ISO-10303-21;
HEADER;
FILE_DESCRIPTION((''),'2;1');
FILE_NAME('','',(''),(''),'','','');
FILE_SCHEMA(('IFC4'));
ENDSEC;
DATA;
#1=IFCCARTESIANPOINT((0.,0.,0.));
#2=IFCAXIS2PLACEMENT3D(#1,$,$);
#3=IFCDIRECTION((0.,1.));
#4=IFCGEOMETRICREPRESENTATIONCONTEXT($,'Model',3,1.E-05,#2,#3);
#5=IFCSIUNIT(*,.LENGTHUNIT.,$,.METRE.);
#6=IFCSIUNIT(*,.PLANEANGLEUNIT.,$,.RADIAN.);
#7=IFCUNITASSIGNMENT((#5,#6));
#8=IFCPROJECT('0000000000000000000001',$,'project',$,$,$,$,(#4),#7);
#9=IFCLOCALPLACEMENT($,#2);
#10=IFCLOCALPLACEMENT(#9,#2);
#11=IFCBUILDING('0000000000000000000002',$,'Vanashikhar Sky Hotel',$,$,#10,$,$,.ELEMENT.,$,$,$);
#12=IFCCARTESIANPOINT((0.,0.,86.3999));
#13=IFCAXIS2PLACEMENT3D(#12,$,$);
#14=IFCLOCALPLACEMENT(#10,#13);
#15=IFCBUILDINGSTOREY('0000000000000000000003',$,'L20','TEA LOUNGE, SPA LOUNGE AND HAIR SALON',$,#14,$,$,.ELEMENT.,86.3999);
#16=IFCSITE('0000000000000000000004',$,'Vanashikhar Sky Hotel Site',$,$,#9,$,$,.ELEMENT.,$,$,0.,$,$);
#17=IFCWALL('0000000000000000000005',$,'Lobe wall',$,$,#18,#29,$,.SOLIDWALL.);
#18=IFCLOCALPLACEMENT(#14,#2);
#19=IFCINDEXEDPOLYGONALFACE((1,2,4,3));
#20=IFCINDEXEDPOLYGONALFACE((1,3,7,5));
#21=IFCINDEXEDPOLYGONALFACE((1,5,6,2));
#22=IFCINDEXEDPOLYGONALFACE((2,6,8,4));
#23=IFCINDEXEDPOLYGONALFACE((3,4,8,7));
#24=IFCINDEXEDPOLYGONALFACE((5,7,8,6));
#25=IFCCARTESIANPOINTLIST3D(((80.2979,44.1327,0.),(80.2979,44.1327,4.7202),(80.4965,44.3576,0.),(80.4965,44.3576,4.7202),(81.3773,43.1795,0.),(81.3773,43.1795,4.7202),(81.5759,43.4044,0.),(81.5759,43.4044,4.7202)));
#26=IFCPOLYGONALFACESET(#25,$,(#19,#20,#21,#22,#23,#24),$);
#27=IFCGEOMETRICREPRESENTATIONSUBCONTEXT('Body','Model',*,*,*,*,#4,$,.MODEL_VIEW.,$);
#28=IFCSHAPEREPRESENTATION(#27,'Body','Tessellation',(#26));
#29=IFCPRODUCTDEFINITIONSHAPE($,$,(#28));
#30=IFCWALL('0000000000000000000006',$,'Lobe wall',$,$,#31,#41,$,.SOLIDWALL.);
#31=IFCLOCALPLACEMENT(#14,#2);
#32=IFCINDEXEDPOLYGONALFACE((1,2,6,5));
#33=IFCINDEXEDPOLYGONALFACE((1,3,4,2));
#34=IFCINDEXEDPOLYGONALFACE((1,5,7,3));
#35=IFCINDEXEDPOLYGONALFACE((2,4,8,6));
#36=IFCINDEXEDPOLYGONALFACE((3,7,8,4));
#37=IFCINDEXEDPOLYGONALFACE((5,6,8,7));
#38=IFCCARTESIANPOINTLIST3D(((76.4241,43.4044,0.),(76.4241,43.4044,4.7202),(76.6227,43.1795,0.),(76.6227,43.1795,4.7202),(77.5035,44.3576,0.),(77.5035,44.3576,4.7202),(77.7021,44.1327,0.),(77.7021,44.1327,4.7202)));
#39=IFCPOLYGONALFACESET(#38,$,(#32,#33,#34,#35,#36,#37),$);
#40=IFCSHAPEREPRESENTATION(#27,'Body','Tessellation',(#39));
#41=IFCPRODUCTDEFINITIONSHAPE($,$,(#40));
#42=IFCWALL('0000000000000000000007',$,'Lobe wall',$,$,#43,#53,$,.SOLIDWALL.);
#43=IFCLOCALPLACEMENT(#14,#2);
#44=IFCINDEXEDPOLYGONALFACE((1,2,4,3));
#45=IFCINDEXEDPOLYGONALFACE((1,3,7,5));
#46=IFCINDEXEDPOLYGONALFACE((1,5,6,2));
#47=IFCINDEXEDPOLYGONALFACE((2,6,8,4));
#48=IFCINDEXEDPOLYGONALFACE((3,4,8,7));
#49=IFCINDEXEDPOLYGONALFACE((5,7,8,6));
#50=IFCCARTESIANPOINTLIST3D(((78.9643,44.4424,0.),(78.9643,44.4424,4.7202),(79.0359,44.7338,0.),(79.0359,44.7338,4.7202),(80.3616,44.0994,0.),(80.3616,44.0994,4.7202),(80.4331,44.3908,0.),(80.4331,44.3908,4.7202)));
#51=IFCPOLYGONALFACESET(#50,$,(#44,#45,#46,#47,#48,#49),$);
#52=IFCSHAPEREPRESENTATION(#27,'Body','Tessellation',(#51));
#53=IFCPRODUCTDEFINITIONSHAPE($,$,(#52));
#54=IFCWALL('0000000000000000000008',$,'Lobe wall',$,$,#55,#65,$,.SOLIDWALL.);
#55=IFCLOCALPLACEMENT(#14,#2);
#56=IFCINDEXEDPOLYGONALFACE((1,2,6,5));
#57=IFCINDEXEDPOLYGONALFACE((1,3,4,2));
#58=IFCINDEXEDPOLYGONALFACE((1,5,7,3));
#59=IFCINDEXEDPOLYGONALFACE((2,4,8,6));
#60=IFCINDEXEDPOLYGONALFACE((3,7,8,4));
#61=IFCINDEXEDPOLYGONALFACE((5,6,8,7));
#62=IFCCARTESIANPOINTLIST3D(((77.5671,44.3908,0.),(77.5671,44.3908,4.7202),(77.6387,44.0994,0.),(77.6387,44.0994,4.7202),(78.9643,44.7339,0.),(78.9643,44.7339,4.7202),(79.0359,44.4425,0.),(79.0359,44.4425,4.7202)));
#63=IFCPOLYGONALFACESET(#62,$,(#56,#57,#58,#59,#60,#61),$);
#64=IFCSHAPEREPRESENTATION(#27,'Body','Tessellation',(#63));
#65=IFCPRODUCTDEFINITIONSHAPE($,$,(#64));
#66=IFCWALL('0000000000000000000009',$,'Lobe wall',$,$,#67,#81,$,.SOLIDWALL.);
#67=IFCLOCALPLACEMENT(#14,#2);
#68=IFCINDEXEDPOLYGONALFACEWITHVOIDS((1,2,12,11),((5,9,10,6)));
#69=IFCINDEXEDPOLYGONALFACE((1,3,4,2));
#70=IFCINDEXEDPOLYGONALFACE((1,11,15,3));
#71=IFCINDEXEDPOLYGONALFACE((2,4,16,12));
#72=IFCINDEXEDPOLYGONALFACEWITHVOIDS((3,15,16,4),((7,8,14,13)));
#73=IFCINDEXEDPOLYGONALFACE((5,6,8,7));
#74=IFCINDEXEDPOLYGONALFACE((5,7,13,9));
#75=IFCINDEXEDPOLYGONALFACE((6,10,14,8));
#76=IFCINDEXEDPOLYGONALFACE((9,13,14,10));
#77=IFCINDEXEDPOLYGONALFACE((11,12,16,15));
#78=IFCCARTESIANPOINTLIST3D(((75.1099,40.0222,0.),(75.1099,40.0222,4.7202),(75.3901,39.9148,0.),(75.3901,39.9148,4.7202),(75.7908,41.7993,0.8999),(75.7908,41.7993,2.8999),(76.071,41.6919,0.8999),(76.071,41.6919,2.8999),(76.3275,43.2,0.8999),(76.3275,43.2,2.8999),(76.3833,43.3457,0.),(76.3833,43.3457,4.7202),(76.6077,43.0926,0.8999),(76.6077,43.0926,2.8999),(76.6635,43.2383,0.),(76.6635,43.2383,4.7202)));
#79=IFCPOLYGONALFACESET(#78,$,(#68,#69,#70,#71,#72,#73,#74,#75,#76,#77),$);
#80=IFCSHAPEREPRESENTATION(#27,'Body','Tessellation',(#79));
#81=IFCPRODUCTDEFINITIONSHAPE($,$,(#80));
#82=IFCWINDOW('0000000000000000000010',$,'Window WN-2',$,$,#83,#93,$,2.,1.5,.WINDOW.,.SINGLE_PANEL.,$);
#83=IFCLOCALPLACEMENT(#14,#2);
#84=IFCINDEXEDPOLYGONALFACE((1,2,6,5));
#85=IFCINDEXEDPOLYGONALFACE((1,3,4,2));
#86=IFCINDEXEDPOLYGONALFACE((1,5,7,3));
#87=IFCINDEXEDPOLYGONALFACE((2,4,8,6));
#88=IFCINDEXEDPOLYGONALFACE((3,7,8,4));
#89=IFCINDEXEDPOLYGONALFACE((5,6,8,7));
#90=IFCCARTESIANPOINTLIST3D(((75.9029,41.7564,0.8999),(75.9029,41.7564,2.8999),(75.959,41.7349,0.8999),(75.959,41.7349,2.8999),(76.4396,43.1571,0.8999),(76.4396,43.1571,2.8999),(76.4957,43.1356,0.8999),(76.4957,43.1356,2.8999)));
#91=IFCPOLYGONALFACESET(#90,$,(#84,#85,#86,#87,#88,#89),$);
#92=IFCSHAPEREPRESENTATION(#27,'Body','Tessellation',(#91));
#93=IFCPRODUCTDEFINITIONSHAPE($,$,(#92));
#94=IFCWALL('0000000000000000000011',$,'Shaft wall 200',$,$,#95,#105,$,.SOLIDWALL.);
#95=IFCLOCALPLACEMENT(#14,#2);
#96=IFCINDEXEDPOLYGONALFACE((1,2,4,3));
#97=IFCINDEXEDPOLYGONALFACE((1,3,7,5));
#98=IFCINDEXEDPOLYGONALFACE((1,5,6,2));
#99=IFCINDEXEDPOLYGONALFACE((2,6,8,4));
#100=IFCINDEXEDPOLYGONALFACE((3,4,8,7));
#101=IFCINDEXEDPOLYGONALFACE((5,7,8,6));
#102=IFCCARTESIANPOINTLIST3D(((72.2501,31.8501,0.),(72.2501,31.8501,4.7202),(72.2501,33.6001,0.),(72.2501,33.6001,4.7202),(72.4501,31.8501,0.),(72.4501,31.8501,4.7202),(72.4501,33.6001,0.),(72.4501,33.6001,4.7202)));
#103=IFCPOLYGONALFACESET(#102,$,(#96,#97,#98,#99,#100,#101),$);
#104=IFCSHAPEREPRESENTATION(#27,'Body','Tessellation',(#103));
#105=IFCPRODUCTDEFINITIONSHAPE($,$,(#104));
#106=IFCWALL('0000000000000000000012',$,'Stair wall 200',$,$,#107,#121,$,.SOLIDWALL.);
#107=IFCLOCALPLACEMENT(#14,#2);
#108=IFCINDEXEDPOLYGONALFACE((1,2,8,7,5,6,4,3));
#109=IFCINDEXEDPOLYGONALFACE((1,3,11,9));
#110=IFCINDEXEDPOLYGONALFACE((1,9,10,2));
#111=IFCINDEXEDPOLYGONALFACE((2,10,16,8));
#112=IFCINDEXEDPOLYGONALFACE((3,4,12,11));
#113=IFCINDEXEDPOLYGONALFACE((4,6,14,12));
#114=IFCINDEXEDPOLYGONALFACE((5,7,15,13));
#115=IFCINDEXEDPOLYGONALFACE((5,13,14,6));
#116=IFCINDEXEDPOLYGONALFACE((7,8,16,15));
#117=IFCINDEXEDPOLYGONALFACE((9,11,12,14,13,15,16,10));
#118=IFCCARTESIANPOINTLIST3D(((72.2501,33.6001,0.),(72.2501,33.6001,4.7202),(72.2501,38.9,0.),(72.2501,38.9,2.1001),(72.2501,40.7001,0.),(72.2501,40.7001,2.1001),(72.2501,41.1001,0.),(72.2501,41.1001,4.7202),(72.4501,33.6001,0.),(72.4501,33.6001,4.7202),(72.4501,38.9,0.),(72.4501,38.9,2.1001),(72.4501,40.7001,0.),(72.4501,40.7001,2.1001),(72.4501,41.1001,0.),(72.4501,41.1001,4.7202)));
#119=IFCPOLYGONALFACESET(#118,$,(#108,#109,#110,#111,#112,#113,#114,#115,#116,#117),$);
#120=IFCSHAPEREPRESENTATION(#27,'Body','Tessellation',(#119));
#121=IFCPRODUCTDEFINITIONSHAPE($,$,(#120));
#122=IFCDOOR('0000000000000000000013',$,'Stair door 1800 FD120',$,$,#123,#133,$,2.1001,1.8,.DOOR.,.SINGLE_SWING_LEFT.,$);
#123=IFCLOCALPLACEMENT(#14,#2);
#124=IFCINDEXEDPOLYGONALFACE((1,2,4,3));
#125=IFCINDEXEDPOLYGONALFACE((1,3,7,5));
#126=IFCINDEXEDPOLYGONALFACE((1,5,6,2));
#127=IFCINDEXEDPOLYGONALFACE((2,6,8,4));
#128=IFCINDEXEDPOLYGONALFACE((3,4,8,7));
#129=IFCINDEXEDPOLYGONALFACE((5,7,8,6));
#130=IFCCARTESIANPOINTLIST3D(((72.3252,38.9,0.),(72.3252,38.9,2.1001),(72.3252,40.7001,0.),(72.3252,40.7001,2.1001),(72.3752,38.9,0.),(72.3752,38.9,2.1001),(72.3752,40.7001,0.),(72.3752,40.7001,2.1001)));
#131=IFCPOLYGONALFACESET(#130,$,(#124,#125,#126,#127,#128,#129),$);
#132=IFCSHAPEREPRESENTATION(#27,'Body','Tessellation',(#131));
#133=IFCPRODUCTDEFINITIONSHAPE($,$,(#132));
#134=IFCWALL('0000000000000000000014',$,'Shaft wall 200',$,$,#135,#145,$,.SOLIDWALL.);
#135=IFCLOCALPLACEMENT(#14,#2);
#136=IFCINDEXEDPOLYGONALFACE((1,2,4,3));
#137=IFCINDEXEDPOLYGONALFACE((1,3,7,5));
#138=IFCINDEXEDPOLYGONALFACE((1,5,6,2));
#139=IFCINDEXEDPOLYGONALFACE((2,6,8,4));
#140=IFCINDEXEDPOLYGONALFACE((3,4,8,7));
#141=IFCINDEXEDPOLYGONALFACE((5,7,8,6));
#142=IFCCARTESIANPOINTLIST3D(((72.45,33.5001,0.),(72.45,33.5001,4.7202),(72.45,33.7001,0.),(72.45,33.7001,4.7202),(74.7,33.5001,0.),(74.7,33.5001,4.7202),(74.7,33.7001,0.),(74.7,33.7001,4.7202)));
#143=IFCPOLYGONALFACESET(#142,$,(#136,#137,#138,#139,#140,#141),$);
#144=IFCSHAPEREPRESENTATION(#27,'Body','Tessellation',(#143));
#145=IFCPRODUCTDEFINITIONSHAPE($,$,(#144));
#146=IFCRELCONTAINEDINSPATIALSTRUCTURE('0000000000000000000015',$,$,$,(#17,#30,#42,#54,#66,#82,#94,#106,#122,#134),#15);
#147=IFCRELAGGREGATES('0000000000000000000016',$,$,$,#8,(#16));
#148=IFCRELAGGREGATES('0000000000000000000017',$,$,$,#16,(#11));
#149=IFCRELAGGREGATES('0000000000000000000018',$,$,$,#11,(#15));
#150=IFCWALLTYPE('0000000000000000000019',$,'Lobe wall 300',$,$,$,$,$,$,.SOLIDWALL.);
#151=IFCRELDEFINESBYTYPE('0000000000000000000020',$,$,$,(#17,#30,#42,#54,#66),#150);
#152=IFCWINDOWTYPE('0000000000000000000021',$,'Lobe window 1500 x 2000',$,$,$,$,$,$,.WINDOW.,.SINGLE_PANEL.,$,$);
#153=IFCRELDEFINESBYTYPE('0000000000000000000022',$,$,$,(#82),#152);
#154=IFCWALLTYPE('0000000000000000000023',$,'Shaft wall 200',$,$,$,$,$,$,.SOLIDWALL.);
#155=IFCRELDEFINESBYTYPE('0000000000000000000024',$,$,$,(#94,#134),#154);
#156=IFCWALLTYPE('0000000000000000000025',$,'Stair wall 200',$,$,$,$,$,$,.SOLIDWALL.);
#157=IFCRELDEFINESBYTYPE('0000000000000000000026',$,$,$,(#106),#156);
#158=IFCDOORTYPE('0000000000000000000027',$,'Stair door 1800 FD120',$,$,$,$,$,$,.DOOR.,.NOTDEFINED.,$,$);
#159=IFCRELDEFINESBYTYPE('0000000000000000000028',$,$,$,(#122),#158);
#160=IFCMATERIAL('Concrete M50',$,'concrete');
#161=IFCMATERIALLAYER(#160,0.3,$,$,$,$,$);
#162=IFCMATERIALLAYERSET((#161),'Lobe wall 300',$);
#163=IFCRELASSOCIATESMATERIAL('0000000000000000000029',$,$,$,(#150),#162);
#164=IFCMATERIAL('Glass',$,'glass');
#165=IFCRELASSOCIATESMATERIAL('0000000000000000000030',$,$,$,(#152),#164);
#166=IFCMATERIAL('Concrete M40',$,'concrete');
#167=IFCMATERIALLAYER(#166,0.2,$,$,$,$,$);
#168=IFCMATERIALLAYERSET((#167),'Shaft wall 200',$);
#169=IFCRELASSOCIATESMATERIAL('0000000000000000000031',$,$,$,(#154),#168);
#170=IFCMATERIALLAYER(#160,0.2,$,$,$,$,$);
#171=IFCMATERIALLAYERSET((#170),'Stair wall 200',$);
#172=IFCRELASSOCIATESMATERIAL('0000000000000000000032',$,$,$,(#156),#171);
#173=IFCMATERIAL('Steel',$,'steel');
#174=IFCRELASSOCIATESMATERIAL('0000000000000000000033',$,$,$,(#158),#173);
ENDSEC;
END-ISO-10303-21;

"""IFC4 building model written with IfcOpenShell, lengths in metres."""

from ifc_helpers import new_model, si_unit, direction, frame, frame_2d, origin, place, context, subcontext, project, spatial, rectangle, extrude, source, transform, mapped, material, layer, layer_set, type_object, element, fill, save


model = new_model("IFC4")

# Units and contexts
model_context = context("Model", 3, precision=1e-05, world=origin(), true_north=direction((0.0, 1.0)))
body_context = subcontext(model_context, "Body", "Model", "MODEL_VIEW")
ifc_project = project(units=[si_unit("LENGTHUNIT", "METRE"), si_unit("PLANEANGLEUNIT", "RADIAN")], contexts=[model_context])

# Site, building, storey
site_placement = place(None, origin())
site = spatial("IfcSite", under=ifc_project, at=site_placement, Name="Vanashikhar Sky Hotel Site", CompositionType="ELEMENT", RefElevation=0.0)
building_placement = place(site_placement, origin())
building = spatial("IfcBuilding", under=site, at=building_placement, Name="Vanashikhar Sky Hotel", CompositionType="ELEMENT")
storey_placement = place(building_placement, frame((0.0, 0.0, 86.3999)))
storey = spatial("IfcBuildingStorey", under=building, at=storey_placement, Name="L20", Description="TEA LOUNGE, SPA LOUNGE AND HAIR SALON", CompositionType="ELEMENT", Elevation=86.3999)

# Walls
ifc_material_1 = material(Name="Concrete M50", Category="concrete")
ifc_layer_1 = layer(ifc_material_1, 0.3)
ifc_layer_set_1 = layer_set([ifc_layer_1], Name="Lobe wall 300")
wall_type_1 = type_object("IfcWallType", Name="Lobe wall 300", PredefinedType="SOLIDWALL", material=ifc_layer_set_1)
shared_shape_1 = source(origin(), body_context, "Body", "SweptSolid", [
    extrude(rectangle(XDim=1.4399, YDim=0.3, at=frame_2d((0.72, 0.0))), origin(), (0.0, 0.0, 1.0), 4.7202),
])
for number, where, z_axis, x_axis, name in (
    (1, (81.4766, 43.292, 0.0), (0.0, 0.0, 1.0), (-0.749576, 0.661919, 0.0), "Lobe wall"),
    (2, (77.6028, 44.2451, 0.0), (0.0, 0.0, 1.0), (-0.749576, -0.661919, 0.0), "Lobe wall"),
):
    element("IfcWall", number, at=place(storey_placement, frame(where, z_axis=z_axis, x_axis=x_axis)), inside=storey, type_object=wall_type_1, Name=name, PredefinedType="SOLIDWALL", context=body_context, shape_type="MappedRepresentation", body=[
        mapped(shared_shape_1, transform((0.0, 0.0, 0.0), scale=1.0)),
    ])
shared_shape_2 = source(origin(), body_context, "Body", "SweptSolid", [
    extrude(rectangle(XDim=1.4387, YDim=0.3, at=frame_2d((0.7192, 0.0))), origin(), (0.0, 0.0, 1.0), 4.7202),
])
for number, where, z_axis, x_axis, name in (
    (3, (80.3972, 44.2451, 0.0), (0.0, 0.0, 1.0), (-0.971162, 0.238421, 0.0), "Lobe wall"),
    (4, (79.0, 44.5881, 0.0), (0.0, 0.0, 1.0), (-0.971162, -0.238421, 0.0), "Lobe wall"),
):
    element("IfcWall", number, at=place(storey_placement, frame(where, z_axis=z_axis, x_axis=x_axis)), inside=storey, type_object=wall_type_1, Name=name, PredefinedType="SOLIDWALL", context=body_context, shape_type="MappedRepresentation", body=[
        mapped(shared_shape_2, transform((0.0, 0.0, 0.0), scale=1.0)),
    ])

# Wall, opening, window
shared_shape_3 = source(origin(), body_context, "Body", "SweptSolid", [
    extrude(rectangle(XDim=3.5591, YDim=0.3, at=frame_2d((1.7795, 0.0))), origin(), (0.0, 0.0, 1.0), 4.7202),
])
wall_1_placement = place(storey_placement, frame((76.5234, 43.292, 0.0), z_axis=(0.0, 0.0, 1.0), x_axis=(-0.357797, -0.933799, 0.0)))
wall_1 = element("IfcWall", 5, at=wall_1_placement, inside=storey, type_object=wall_type_1, Name="Lobe wall", PredefinedType="SOLIDWALL", context=body_context, shape_type="MappedRepresentation", body=[
    mapped(shared_shape_3, transform((0.0, 0.0, 0.0), scale=1.0)),
])
shared_shape_4 = source(origin(), body_context, "Body", "SweptSolid", [
    extrude(rectangle(XDim=1.5, YDim=2.0, at=frame_2d((0.75, 1.0))), frame((0.0, 0.1602, 0.0), z_axis=(0.0, -1.0, 0.0), x_axis=(1.0, 0.0, 0.0)), (0.0, 0.0, 1.0), 0.3201),
])
opening_1_placement = place(wall_1_placement, frame((0.156, 0.0, 0.8999)))
opening_1 = element("IfcOpeningElement", 6, at=opening_1_placement, cuts=wall_1, PredefinedType="OPENING", context=body_context, shape_type="MappedRepresentation", body=[
    mapped(shared_shape_4, transform((0.0, 0.0, 0.0), scale=1.0)),
])
ifc_material_2 = material(Name="Glass", Category="glass")
window_type = type_object("IfcWindowType", Name="Lobe window 1500 x 2000", PartitioningType="SINGLE_PANEL", PredefinedType="WINDOW", material=ifc_material_2)
shared_shape_5 = source(origin(), body_context, "Body", "SweptSolid", [
    extrude(rectangle(XDim=1.5, YDim=2.0, at=frame_2d((0.75, 1.0))), frame((0.0, 0.03, 0.0), z_axis=(0.0, -1.0, 0.0), x_axis=(1.0, 0.0, 0.0)), (0.0, 0.0, 1.0), 0.0601),
])
window_placement = place(opening_1_placement, origin())
window = element("IfcWindow", 7, at=window_placement, inside=storey, type_object=window_type, Name="Window WN-2", OverallHeight=2.0, OverallWidth=1.5, PartitioningType="SINGLE_PANEL", PredefinedType="WINDOW", context=body_context, shape_type="MappedRepresentation", body=[
    mapped(shared_shape_5, transform((0.0, 0.0, 0.0), scale=1.0)),
])
fill(opening_1, window)

# Wall
ifc_material_3 = material(Name="Concrete M40", Category="concrete")
ifc_layer_2 = layer(ifc_material_3, 0.2)
ifc_layer_set_2 = layer_set([ifc_layer_2], Name="Shaft wall 200")
wall_type_2 = type_object("IfcWallType", Name="Shaft wall 200", PredefinedType="SOLIDWALL", material=ifc_layer_set_2)
shared_shape_6 = source(origin(), body_context, "Body", "SweptSolid", [
    extrude(rectangle(XDim=1.75, YDim=0.2, at=frame_2d((0.875, 0.0))), origin(), (0.0, 0.0, 1.0), 4.7202),
])
wall_2_placement = place(storey_placement, frame((72.3501, 31.8501, 0.0), z_axis=(0.0, 0.0, 1.0), x_axis=(0.0, 1.0, 0.0)))
element("IfcWall", 8, at=wall_2_placement, inside=storey, type_object=wall_type_2, Name="Shaft wall 200", PredefinedType="SOLIDWALL", context=body_context, shape_type="MappedRepresentation", body=[
    mapped(shared_shape_6, transform((0.0, 0.0, 0.0), scale=1.0)),
])

# Wall, opening, door
ifc_layer_3 = layer(ifc_material_1, 0.2)
ifc_layer_set_3 = layer_set([ifc_layer_3], Name="Stair wall 200")
wall_type_3 = type_object("IfcWallType", Name="Stair wall 200", PredefinedType="SOLIDWALL", material=ifc_layer_set_3)
shared_shape_7 = source(origin(), body_context, "Body", "SweptSolid", [
    extrude(rectangle(XDim=7.5, YDim=0.2, at=frame_2d((3.75, 0.0))), origin(), (0.0, 0.0, 1.0), 4.7202),
])
wall_3_placement = place(storey_placement, frame((72.3501, 33.6001, 0.0), z_axis=(0.0, 0.0, 1.0), x_axis=(0.0, 1.0, 0.0)))
wall_3 = element("IfcWall", 9, at=wall_3_placement, inside=storey, type_object=wall_type_3, Name="Stair wall 200", PredefinedType="SOLIDWALL", context=body_context, shape_type="MappedRepresentation", body=[
    mapped(shared_shape_7, transform((0.0, 0.0, 0.0), scale=1.0)),
])
shared_shape_8 = source(origin(), body_context, "Body", "SweptSolid", [
    extrude(rectangle(XDim=1.8, YDim=2.1001, at=frame_2d((0.8999, 1.05))), frame((0.0, 0.1099, 0.0), z_axis=(0.0, -1.0, 0.0), x_axis=(1.0, 0.0, 0.0)), (0.0, 0.0, 1.0), 0.22),
])
opening_2_placement = place(wall_3_placement, frame((5.3, 0.0, 0.0)))
opening_2 = element("IfcOpeningElement", 10, at=opening_2_placement, cuts=wall_3, PredefinedType="OPENING", context=body_context, shape_type="MappedRepresentation", body=[
    mapped(shared_shape_8, transform((0.0, 0.0, 0.0), scale=1.0)),
])
ifc_material_4 = material(Name="Steel", Category="steel")
door_type = type_object("IfcDoorType", Name="Stair door 1800 FD120", OperationType="NOTDEFINED", PredefinedType="DOOR", material=ifc_material_4)
shared_shape_9 = source(origin(), body_context, "Body", "SweptSolid", [
    extrude(rectangle(XDim=1.8, YDim=2.1001, at=frame_2d((0.8999, 1.05))), frame((0.0, 0.0249, 0.0), z_axis=(0.0, -1.0, 0.0), x_axis=(1.0, 0.0, 0.0)), (0.0, 0.0, 1.0), 0.05),
])
door_placement = place(opening_2_placement, origin())
door = element("IfcDoor", 11, at=door_placement, inside=storey, type_object=door_type, Name="Stair door 1800 FD120", OperationType="SINGLE_SWING_LEFT", OverallHeight=2.1001, OverallWidth=1.8, PredefinedType="DOOR", context=body_context, shape_type="MappedRepresentation", body=[
    mapped(shared_shape_9, transform((0.0, 0.0, 0.0), scale=1.0)),
])
fill(opening_2, door)

# Wall
shared_shape_10 = source(origin(), body_context, "Body", "SweptSolid", [
    extrude(rectangle(XDim=2.25, YDim=0.2, at=frame_2d((1.125, 0.0))), origin(), (0.0, 0.0, 1.0), 4.7202),
])
wall_4_placement = place(storey_placement, frame((72.45, 33.6001, 0.0), z_axis=(0.0, 0.0, 1.0), x_axis=(1.0, 0.0, 0.0)))
element("IfcWall", 12, at=wall_4_placement, inside=storey, type_object=wall_type_2, Name="Shaft wall 200", PredefinedType="SOLIDWALL", context=body_context, shape_type="MappedRepresentation", body=[
    mapped(shared_shape_10, transform((0.0, 0.0, 0.0), scale=1.0)),
])

save(model, "model.ifc")
